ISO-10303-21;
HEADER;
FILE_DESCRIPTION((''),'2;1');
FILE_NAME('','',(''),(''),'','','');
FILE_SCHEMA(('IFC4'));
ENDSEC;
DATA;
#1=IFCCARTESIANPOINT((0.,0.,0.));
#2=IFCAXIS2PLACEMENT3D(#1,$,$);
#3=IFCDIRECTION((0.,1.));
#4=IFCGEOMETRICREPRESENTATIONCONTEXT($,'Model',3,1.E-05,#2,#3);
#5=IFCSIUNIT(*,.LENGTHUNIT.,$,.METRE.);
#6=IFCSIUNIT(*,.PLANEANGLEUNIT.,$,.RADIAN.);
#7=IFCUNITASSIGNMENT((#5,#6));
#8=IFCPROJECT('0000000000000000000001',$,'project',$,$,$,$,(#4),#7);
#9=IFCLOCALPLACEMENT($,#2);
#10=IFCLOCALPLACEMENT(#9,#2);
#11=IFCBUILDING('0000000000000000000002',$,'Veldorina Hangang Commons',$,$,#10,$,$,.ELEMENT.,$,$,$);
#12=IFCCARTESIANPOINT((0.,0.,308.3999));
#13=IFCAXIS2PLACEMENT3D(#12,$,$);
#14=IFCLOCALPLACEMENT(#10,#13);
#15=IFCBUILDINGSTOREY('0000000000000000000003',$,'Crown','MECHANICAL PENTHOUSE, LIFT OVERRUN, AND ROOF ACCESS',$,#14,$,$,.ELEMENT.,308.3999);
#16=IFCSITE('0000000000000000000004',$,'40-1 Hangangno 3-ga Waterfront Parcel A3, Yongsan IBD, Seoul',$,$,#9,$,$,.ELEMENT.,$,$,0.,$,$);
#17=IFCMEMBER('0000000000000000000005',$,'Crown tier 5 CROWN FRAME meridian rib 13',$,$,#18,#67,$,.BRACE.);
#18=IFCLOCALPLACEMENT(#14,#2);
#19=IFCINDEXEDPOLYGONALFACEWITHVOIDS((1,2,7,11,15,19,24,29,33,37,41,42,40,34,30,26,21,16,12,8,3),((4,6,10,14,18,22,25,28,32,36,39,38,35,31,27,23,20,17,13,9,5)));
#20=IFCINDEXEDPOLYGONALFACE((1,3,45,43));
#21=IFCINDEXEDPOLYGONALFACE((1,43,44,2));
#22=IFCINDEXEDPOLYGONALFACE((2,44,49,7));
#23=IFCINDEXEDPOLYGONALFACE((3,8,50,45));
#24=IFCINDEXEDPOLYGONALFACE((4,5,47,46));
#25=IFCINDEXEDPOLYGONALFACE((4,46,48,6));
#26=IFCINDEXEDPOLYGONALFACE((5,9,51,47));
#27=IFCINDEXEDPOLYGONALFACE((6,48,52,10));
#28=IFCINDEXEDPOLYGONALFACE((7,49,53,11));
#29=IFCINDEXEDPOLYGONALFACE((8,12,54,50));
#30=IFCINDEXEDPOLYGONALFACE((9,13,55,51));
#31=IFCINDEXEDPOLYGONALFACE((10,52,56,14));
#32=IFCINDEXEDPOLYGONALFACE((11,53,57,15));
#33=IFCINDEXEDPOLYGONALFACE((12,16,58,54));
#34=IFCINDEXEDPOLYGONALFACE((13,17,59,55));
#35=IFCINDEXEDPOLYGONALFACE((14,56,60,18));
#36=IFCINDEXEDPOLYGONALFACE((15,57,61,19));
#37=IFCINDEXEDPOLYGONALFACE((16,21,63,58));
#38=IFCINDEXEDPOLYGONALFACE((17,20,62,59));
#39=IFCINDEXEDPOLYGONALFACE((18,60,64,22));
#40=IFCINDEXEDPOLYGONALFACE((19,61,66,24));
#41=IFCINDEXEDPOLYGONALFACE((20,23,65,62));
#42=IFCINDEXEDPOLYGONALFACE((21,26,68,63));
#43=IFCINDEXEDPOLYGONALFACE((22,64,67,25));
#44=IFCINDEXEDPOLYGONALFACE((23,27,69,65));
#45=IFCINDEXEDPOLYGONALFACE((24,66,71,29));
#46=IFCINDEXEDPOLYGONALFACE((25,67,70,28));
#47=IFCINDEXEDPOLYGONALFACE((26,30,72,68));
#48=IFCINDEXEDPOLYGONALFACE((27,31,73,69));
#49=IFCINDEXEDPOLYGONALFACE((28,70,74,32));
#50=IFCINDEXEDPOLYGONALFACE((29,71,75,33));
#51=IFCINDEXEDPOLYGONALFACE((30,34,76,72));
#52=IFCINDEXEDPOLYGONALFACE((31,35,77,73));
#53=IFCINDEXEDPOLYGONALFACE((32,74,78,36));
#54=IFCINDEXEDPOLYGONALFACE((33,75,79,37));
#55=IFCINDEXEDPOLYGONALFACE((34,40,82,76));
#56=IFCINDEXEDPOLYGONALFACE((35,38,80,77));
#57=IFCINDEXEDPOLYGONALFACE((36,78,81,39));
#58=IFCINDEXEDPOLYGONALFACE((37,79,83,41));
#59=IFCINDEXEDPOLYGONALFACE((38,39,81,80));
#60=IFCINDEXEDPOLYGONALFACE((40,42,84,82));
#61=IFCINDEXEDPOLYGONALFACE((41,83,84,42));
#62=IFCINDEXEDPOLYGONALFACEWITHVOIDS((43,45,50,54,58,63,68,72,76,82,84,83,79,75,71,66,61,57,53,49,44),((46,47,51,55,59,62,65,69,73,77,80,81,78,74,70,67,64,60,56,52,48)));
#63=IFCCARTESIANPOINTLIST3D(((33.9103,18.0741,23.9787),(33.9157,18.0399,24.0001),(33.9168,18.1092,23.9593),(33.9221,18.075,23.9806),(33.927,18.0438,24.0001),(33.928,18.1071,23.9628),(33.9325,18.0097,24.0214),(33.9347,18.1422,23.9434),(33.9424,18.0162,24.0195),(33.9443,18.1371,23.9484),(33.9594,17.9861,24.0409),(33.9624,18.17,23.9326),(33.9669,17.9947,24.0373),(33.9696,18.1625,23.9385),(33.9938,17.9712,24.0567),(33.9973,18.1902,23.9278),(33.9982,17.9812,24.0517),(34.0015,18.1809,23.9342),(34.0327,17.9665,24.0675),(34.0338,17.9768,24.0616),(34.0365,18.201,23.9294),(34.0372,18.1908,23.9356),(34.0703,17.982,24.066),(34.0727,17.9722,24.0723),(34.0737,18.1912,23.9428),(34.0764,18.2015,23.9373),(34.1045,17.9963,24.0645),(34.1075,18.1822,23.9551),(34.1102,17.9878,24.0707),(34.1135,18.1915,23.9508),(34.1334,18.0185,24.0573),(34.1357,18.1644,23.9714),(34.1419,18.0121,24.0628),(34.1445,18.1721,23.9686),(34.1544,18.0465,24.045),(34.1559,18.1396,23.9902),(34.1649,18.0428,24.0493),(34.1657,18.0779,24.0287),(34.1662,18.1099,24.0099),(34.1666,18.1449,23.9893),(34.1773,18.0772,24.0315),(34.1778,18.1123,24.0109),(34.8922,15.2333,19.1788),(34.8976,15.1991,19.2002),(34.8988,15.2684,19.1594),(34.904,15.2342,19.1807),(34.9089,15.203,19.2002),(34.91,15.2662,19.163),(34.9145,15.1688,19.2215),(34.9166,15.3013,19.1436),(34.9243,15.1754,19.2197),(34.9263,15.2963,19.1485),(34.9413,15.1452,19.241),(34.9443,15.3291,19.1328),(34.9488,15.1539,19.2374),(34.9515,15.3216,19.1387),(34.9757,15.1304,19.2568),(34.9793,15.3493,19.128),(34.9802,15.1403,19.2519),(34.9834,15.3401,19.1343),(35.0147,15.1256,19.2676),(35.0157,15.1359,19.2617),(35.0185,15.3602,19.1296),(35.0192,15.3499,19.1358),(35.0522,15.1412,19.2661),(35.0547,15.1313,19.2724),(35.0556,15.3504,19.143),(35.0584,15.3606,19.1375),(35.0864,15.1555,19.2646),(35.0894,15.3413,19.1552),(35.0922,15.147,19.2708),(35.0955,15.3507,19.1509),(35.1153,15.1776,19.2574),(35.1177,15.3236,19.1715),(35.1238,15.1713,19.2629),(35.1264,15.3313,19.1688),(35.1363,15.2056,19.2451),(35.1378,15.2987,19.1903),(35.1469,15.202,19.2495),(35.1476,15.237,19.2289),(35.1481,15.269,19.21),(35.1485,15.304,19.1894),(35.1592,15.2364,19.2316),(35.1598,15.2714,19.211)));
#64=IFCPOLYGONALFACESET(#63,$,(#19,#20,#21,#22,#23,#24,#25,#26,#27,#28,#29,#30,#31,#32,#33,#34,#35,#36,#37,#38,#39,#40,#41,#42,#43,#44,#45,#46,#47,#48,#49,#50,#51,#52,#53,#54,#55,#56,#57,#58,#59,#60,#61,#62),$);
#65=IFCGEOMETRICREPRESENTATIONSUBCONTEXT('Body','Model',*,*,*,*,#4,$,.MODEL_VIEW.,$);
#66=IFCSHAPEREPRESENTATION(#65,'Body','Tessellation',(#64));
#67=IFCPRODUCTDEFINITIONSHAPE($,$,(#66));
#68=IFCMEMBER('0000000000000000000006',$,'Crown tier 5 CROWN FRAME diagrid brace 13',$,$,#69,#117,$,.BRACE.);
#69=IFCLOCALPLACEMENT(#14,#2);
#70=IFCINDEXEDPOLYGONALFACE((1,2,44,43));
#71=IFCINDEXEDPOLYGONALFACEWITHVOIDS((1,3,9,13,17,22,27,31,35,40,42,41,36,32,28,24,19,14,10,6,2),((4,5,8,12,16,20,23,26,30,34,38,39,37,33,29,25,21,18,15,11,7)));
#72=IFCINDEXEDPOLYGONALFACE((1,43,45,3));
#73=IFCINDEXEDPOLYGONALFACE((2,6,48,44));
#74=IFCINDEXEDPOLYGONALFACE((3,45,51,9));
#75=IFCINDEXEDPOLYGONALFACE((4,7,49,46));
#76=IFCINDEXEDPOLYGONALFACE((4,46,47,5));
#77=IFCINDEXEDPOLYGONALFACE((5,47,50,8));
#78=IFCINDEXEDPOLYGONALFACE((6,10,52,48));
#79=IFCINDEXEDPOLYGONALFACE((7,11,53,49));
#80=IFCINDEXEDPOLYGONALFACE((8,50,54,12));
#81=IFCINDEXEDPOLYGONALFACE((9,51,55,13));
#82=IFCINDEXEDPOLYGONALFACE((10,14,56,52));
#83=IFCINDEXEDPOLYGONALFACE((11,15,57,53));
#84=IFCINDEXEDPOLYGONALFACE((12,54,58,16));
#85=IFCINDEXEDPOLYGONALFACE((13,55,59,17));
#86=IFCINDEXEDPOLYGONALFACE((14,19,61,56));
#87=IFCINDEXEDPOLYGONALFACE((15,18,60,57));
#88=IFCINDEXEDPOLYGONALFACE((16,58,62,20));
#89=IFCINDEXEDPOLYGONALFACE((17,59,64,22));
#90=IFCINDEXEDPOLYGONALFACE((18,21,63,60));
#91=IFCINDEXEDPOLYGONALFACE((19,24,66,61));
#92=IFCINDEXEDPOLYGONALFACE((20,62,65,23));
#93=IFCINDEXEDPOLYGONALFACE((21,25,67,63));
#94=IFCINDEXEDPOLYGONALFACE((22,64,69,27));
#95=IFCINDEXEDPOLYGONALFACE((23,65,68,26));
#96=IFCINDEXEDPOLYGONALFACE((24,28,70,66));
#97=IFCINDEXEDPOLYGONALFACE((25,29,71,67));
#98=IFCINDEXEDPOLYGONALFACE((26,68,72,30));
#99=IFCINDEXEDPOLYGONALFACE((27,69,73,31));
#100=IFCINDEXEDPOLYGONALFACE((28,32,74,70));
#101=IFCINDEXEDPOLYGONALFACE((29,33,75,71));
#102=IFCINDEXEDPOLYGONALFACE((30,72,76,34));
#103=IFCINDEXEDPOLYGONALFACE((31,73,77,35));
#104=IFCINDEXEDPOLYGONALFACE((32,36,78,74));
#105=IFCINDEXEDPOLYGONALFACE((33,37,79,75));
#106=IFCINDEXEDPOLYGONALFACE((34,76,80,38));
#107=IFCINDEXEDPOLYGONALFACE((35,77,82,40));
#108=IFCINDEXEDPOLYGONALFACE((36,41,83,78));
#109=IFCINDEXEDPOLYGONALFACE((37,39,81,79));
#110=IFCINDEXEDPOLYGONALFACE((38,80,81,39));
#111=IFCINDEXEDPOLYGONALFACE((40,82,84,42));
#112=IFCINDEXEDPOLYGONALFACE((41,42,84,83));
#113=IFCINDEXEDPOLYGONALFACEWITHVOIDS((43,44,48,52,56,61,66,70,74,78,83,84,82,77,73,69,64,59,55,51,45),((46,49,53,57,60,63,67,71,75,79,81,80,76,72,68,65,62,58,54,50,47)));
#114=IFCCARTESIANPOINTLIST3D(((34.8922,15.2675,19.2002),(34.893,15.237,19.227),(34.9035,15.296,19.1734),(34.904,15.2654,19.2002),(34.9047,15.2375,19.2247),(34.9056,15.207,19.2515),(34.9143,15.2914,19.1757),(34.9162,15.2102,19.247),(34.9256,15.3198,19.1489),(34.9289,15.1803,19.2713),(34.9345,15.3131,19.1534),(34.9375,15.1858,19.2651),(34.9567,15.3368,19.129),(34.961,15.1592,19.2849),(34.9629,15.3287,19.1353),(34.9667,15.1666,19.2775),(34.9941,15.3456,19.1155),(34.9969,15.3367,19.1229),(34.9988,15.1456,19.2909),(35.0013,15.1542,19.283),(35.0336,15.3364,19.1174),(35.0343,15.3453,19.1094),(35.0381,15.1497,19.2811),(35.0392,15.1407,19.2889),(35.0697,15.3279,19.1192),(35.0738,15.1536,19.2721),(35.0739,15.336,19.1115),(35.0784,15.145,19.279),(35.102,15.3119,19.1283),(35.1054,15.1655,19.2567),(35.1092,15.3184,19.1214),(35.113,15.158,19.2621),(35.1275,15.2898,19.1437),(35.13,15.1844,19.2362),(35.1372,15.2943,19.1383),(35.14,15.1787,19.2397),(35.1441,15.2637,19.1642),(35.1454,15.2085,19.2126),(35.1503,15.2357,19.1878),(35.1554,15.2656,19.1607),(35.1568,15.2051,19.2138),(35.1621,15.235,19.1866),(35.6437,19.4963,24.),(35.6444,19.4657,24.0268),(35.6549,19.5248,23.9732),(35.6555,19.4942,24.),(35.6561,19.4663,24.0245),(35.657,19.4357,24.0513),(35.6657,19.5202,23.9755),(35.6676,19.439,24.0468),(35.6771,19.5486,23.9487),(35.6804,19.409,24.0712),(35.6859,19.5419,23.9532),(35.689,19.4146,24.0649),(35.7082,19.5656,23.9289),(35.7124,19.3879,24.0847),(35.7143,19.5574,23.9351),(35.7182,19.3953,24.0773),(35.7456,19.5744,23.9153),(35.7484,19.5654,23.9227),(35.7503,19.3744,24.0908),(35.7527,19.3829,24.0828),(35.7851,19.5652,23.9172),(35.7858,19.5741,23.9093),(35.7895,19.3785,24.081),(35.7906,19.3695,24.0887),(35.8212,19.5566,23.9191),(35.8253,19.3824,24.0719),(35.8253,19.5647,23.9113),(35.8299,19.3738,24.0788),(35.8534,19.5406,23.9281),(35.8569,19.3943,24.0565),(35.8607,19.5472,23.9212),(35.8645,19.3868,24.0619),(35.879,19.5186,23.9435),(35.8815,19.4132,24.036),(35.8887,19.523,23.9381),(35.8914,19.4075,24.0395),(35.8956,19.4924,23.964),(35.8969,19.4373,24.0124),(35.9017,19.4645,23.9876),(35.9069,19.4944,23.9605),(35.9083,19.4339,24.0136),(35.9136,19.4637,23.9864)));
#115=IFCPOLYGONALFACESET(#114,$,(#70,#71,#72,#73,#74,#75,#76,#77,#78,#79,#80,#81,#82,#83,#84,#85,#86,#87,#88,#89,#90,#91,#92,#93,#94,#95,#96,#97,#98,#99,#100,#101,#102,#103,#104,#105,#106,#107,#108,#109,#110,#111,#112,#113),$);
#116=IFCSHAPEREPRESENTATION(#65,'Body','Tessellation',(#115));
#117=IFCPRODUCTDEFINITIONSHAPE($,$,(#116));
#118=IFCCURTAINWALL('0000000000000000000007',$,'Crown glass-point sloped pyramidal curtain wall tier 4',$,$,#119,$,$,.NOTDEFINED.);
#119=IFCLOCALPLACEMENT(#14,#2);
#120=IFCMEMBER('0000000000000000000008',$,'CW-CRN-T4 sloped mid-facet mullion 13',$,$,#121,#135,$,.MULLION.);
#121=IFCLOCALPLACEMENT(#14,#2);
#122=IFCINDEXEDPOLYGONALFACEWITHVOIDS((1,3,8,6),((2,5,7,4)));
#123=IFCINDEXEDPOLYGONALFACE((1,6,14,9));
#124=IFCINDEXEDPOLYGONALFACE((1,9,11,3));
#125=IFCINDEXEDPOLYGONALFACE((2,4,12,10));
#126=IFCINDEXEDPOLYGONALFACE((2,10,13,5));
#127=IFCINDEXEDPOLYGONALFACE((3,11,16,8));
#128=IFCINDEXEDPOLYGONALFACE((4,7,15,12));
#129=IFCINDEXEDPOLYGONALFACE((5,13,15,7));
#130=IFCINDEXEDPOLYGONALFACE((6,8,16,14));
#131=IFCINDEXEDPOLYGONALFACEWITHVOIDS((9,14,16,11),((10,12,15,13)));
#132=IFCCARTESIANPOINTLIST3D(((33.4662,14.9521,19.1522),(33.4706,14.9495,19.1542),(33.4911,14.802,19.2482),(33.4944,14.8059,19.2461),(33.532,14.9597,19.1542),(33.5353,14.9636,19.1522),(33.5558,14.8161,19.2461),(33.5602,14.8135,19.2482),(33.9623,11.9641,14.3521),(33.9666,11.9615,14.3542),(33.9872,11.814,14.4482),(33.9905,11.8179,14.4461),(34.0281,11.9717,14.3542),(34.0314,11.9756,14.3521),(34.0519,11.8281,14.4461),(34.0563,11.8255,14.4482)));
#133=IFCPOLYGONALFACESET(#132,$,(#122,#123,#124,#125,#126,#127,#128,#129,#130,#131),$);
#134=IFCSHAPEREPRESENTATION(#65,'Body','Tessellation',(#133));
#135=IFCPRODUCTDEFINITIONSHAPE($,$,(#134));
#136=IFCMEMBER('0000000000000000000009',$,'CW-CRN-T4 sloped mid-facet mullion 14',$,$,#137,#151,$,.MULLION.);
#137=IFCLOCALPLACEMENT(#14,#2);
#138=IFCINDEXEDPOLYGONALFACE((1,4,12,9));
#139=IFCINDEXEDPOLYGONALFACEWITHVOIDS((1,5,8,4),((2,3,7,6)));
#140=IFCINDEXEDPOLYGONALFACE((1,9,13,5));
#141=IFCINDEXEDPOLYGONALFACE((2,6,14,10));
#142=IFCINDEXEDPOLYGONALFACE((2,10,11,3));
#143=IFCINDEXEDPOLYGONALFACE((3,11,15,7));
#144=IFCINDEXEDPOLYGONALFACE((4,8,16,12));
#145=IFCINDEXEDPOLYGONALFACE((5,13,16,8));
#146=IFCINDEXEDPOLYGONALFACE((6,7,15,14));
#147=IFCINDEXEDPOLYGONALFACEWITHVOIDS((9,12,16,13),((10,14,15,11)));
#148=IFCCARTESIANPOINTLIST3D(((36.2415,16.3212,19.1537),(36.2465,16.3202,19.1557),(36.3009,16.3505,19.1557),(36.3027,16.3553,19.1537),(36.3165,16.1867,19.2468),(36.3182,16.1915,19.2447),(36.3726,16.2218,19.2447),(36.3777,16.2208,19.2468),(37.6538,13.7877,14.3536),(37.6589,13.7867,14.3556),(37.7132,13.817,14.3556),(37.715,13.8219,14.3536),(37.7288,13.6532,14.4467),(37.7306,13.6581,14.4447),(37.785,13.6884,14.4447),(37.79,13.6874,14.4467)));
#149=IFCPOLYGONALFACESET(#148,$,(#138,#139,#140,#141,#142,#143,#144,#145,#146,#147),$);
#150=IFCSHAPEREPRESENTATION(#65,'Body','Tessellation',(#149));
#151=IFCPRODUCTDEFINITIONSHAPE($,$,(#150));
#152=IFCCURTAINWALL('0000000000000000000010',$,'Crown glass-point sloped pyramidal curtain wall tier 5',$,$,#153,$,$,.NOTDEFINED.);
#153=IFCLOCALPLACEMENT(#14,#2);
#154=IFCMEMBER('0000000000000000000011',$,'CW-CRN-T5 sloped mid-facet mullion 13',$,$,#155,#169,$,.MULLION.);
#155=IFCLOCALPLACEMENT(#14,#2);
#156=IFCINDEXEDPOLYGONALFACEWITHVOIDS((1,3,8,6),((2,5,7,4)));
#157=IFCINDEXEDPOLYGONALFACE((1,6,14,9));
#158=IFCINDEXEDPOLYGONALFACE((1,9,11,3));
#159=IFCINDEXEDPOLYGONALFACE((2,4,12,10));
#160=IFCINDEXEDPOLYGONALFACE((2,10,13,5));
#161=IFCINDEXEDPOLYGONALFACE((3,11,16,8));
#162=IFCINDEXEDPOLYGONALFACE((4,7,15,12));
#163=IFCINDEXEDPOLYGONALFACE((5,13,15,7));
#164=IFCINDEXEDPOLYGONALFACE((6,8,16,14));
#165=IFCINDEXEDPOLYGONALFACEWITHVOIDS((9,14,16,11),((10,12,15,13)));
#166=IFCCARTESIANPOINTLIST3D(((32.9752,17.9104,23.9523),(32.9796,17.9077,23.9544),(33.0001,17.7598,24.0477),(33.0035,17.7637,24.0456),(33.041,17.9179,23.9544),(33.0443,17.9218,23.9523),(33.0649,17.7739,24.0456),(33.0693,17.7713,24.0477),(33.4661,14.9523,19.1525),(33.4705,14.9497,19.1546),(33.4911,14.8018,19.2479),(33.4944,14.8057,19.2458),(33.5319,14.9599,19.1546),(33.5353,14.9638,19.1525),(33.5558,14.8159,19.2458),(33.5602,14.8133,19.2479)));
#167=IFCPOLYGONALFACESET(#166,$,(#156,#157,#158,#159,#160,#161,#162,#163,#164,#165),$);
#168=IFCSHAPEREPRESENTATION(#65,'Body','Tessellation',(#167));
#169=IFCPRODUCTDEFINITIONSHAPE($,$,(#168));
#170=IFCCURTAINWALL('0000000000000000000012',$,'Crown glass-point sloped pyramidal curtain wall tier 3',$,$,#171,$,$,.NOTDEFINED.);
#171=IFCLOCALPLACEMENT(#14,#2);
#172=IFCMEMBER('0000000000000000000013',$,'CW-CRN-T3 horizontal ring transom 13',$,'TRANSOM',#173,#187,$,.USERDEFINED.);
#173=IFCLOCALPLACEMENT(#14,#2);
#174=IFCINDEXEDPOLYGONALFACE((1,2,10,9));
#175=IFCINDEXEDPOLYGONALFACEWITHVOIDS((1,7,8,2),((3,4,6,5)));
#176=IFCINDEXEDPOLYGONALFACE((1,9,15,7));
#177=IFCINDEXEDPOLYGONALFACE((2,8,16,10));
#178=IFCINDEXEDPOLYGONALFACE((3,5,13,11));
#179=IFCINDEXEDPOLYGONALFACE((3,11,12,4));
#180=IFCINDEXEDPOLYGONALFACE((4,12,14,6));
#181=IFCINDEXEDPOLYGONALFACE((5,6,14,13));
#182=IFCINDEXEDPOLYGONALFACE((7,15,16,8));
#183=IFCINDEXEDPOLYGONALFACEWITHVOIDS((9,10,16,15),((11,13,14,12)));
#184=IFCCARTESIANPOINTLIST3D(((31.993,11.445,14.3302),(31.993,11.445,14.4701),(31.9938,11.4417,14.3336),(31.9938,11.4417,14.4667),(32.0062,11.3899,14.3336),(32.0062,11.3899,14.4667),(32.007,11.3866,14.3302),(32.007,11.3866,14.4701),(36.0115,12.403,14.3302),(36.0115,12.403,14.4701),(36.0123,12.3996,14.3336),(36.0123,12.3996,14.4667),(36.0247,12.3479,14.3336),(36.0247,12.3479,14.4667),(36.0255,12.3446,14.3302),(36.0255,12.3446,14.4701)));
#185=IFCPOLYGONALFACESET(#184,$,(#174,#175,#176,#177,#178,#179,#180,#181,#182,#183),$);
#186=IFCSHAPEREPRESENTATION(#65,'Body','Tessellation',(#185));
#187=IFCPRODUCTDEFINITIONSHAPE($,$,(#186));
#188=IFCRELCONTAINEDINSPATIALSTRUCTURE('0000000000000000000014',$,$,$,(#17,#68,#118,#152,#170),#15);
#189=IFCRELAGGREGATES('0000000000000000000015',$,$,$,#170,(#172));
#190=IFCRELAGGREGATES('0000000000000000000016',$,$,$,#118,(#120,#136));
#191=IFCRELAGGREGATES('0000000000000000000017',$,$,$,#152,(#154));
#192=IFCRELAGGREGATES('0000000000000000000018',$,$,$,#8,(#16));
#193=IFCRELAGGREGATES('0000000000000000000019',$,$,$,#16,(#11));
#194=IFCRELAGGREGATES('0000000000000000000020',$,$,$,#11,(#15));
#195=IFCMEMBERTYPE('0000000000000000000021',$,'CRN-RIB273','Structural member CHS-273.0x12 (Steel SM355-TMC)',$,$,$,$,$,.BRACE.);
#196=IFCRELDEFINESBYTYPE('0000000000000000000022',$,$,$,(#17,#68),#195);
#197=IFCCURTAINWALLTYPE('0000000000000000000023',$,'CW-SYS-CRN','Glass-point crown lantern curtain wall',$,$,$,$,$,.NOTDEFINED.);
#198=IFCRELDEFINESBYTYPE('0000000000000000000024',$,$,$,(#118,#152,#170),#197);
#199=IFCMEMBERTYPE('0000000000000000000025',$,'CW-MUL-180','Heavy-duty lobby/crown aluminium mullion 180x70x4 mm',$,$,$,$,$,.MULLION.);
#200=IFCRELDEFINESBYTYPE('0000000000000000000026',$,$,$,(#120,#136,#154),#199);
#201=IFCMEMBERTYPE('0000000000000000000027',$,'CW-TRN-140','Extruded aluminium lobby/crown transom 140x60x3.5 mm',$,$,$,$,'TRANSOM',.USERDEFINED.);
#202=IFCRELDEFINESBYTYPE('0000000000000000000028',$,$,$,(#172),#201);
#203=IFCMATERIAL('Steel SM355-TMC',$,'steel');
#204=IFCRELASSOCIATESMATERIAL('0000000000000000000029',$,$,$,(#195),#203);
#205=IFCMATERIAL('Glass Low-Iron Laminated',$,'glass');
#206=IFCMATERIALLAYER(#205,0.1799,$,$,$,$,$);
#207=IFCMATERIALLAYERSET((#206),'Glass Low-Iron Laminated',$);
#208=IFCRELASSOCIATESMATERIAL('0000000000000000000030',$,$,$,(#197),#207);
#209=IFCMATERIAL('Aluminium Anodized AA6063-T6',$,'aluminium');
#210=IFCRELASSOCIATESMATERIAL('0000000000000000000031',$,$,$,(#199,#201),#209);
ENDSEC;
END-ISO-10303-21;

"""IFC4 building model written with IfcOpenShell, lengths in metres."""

from ifc_helpers import new_model, si_unit, direction, frame, origin, origin_2d, place, context, subcontext, project, spatial, hollow_rectangle, hollow_circle, extrude, material, layer, layer_set, material_profile, profile_set, type_object, element, aggregate, save


model = new_model("IFC4")

# Units and contexts
model_context = context("Model", 3, precision=1e-05, world=origin(), true_north=direction((0.0, 1.0)))
body_context = subcontext(model_context, "Body", "Model", "MODEL_VIEW")
ifc_project = project(units=[si_unit("LENGTHUNIT", "METRE"), si_unit("PLANEANGLEUNIT", "RADIAN")], contexts=[model_context])

# Site, building, storey
site_placement = place(None, origin())
site = spatial("IfcSite", under=ifc_project, at=site_placement, Name="40-1 Hangangno 3-ga Waterfront Parcel A3, Yongsan IBD, Seoul", CompositionType="ELEMENT", RefElevation=0.0)
building_placement = place(site_placement, origin())
building = spatial("IfcBuilding", under=site, at=building_placement, Name="Veldorina Hangang Commons", CompositionType="ELEMENT")
storey_placement = place(building_placement, frame((0.0, 0.0, 308.3999)))
storey = spatial("IfcBuildingStorey", under=building, at=storey_placement, Name="Crown", Description="MECHANICAL PENTHOUSE, LIFT OVERRUN, AND ROOF ACCESS", CompositionType="ELEMENT", Elevation=308.3999)

# Members
ifc_material_1 = material(Name="Steel SM355-TMC", Category="steel")
ifc_material_profile_1 = material_profile(ifc_material_1, hollow_circle(Radius=0.1365, WallThickness=0.012, at=origin_2d()), Name="CHS-273.0x12")
ifc_profile_set_1 = profile_set([ifc_material_profile_1], Name="Steel SM355-TMC")
member_type_1 = type_object("IfcMemberType", Name="CRN-RIB273", Description="Structural member CHS-273.0x12 (Steel SM355-TMC)", PredefinedType="BRACE", material=ifc_profile_set_1)
member_1_placement = place(storey_placement, frame((35.0266, 15.2437, 19.2002), z_axis=(-0.173386, 0.501622, 0.847533), x_axis=(-0.945133, -0.326686, 0.0)))
element("IfcMember", 1, at=member_1_placement, inside=storey, type_object=member_type_1, Name="Crown tier 5 CROWN FRAME meridian rib 13", PredefinedType="BRACE", context=body_context, shape_type="SweptSolid", body=[
    extrude(hollow_circle(Radius=0.1365, WallThickness=0.012, at=origin_2d()), origin(), (0.0, 0.0, 1.0), 5.6633),
])
member_2_placement = place(storey_placement, frame((35.0266, 15.2437, 19.2002), z_axis=(0.116671, 0.656548, 0.745207), x_axis=(-0.984575, 0.174962, 0.0)))
element("IfcMember", 2, at=member_2_placement, inside=storey, type_object=member_type_1, Name="Crown tier 5 CROWN FRAME diagrid brace 13", PredefinedType="BRACE", context=body_context, shape_type="SweptSolid", body=[
    extrude(hollow_circle(Radius=0.1365, WallThickness=0.012, at=origin_2d()), origin(), (0.0, 0.0, 1.0), 6.4409),
])

# Curtain wall, members
ifc_material_2 = material(Name="Glass Low-Iron Laminated", Category="glass")
ifc_layer_1 = layer(ifc_material_2, 0.1799)
ifc_layer_set_1 = layer_set([ifc_layer_1], Name="Glass Low-Iron Laminated")
curtain_wall_type = type_object("IfcCurtainWallType", Name="CW-SYS-CRN", Description="Glass-point crown lantern curtain wall", PredefinedType="NOTDEFINED", material=ifc_layer_set_1)
curtain_wall_1_placement = place(storey_placement, origin())
curtain_wall_1 = element("IfcCurtainWall", 3, at=curtain_wall_1_placement, inside=storey, type_object=curtain_wall_type, Name="Crown glass-point sloped pyramidal curtain wall tier 4", PredefinedType="NOTDEFINED")
ifc_material_3 = material(Name="Aluminium Anodized AA6063-T6", Category="aluminium")
ifc_material_profile_2 = material_profile(ifc_material_3, hollow_rectangle(XDim=0.0701, YDim=0.1799, WallThickness=0.0039, at=origin_2d()), Name="ALU-RHS-180x70x4")
ifc_profile_set_2 = profile_set([ifc_material_profile_2], Name="Aluminium Anodized AA6063-T6")
member_type_2 = type_object("IfcMemberType", Name="CW-MUL-180", Description="Heavy-duty lobby/crown aluminium mullion 180x70x4 mm", PredefinedType="MULLION", material=ifc_profile_set_2)
member_3_placement = place(storey_placement, frame((34.0093, 11.8948, 14.4001), z_axis=(-0.087405, 0.52645, 0.845701), x_axis=(-0.986496, -0.163785, 0.0)))
member_3 = element("IfcMember", 4, at=member_3_placement, type_object=member_type_2, Name="CW-CRN-T4 sloped mid-facet mullion 13", PredefinedType="MULLION", context=body_context, shape_type="SweptSolid", body=[
    extrude(hollow_rectangle(XDim=0.0701, YDim=0.1799, WallThickness=0.0039, at=origin_2d()), origin(), (0.0, 0.0, 1.0), 5.6758),
])
member_4_placement = place(storey_placement, frame((37.7219, 13.7375, 14.4001), z_axis=(-0.251831, 0.451728, 0.855876), x_axis=(-0.873442, -0.486929, 0.0)))
member_4 = element("IfcMember", 5, at=member_4_placement, type_object=member_type_2, Name="CW-CRN-T4 sloped mid-facet mullion 14", PredefinedType="MULLION", context=body_context, shape_type="SweptSolid", body=[
    extrude(hollow_rectangle(XDim=0.0701, YDim=0.1799, WallThickness=0.0039, at=origin_2d()), origin(), (0.0, 0.0, 1.0), 5.6084),
])

# Curtain wall, member
curtain_wall_2_placement = place(storey_placement, origin())
curtain_wall_2 = element("IfcCurtainWall", 6, at=curtain_wall_2_placement, inside=storey, type_object=curtain_wall_type, Name="Crown glass-point sloped pyramidal curtain wall tier 5", PredefinedType="NOTDEFINED")
member_5_placement = place(storey_placement, frame((33.5132, 14.8828, 19.2002), z_axis=(-0.086752, 0.52267, 0.84811), x_axis=(-0.986504, -0.163739, 0.0)))
member_5 = element("IfcMember", 7, at=member_5_placement, type_object=member_type_2, Name="CW-CRN-T5 sloped mid-facet mullion 13", PredefinedType="MULLION", context=body_context, shape_type="SweptSolid", body=[
    extrude(hollow_rectangle(XDim=0.0701, YDim=0.1799, WallThickness=0.0039, at=origin_2d()), origin(), (0.0, 0.0, 1.0), 5.6594),
])

# Curtain wall, member
curtain_wall_3_placement = place(storey_placement, origin())
curtain_wall_3 = element("IfcCurtainWall", 8, at=curtain_wall_3_placement, inside=storey, type_object=curtain_wall_type, Name="Crown glass-point sloped pyramidal curtain wall tier 3", PredefinedType="NOTDEFINED")
ifc_material_profile_3 = material_profile(ifc_material_3, hollow_rectangle(XDim=0.0601, YDim=0.1399, WallThickness=0.0034, at=origin_2d()), Name="ALU-RHS-140x60x3.5")
ifc_profile_set_3 = profile_set([ifc_material_profile_3], Name="Aluminium Anodized AA6063-T6")
member_type_3 = type_object("IfcMemberType", Name="CW-TRN-140", Description="Extruded aluminium lobby/crown transom 140x60x3.5 mm", ElementType="TRANSOM", PredefinedType="USERDEFINED", material=ifc_profile_set_3)
member_6_placement = place(storey_placement, frame((32.0, 11.4158, 14.4001), z_axis=(0.97274, 0.231897, 0.0), x_axis=(-0.231897, 0.97274, 0.0)))
member_6 = element("IfcMember", 9, at=member_6_placement, type_object=member_type_3, Name="CW-CRN-T3 horizontal ring transom 13", ObjectType="TRANSOM", PredefinedType="USERDEFINED", context=body_context, shape_type="SweptSolid", body=[
    extrude(hollow_rectangle(XDim=0.0601, YDim=0.1399, WallThickness=0.0034, at=origin_2d()), origin(), (0.0, 0.0, 1.0), 4.1311),
])
aggregate(curtain_wall_3, [member_6])

aggregate(curtain_wall_1, [member_3, member_4])
aggregate(curtain_wall_2, [member_5])

save(model, "model.ifc")
